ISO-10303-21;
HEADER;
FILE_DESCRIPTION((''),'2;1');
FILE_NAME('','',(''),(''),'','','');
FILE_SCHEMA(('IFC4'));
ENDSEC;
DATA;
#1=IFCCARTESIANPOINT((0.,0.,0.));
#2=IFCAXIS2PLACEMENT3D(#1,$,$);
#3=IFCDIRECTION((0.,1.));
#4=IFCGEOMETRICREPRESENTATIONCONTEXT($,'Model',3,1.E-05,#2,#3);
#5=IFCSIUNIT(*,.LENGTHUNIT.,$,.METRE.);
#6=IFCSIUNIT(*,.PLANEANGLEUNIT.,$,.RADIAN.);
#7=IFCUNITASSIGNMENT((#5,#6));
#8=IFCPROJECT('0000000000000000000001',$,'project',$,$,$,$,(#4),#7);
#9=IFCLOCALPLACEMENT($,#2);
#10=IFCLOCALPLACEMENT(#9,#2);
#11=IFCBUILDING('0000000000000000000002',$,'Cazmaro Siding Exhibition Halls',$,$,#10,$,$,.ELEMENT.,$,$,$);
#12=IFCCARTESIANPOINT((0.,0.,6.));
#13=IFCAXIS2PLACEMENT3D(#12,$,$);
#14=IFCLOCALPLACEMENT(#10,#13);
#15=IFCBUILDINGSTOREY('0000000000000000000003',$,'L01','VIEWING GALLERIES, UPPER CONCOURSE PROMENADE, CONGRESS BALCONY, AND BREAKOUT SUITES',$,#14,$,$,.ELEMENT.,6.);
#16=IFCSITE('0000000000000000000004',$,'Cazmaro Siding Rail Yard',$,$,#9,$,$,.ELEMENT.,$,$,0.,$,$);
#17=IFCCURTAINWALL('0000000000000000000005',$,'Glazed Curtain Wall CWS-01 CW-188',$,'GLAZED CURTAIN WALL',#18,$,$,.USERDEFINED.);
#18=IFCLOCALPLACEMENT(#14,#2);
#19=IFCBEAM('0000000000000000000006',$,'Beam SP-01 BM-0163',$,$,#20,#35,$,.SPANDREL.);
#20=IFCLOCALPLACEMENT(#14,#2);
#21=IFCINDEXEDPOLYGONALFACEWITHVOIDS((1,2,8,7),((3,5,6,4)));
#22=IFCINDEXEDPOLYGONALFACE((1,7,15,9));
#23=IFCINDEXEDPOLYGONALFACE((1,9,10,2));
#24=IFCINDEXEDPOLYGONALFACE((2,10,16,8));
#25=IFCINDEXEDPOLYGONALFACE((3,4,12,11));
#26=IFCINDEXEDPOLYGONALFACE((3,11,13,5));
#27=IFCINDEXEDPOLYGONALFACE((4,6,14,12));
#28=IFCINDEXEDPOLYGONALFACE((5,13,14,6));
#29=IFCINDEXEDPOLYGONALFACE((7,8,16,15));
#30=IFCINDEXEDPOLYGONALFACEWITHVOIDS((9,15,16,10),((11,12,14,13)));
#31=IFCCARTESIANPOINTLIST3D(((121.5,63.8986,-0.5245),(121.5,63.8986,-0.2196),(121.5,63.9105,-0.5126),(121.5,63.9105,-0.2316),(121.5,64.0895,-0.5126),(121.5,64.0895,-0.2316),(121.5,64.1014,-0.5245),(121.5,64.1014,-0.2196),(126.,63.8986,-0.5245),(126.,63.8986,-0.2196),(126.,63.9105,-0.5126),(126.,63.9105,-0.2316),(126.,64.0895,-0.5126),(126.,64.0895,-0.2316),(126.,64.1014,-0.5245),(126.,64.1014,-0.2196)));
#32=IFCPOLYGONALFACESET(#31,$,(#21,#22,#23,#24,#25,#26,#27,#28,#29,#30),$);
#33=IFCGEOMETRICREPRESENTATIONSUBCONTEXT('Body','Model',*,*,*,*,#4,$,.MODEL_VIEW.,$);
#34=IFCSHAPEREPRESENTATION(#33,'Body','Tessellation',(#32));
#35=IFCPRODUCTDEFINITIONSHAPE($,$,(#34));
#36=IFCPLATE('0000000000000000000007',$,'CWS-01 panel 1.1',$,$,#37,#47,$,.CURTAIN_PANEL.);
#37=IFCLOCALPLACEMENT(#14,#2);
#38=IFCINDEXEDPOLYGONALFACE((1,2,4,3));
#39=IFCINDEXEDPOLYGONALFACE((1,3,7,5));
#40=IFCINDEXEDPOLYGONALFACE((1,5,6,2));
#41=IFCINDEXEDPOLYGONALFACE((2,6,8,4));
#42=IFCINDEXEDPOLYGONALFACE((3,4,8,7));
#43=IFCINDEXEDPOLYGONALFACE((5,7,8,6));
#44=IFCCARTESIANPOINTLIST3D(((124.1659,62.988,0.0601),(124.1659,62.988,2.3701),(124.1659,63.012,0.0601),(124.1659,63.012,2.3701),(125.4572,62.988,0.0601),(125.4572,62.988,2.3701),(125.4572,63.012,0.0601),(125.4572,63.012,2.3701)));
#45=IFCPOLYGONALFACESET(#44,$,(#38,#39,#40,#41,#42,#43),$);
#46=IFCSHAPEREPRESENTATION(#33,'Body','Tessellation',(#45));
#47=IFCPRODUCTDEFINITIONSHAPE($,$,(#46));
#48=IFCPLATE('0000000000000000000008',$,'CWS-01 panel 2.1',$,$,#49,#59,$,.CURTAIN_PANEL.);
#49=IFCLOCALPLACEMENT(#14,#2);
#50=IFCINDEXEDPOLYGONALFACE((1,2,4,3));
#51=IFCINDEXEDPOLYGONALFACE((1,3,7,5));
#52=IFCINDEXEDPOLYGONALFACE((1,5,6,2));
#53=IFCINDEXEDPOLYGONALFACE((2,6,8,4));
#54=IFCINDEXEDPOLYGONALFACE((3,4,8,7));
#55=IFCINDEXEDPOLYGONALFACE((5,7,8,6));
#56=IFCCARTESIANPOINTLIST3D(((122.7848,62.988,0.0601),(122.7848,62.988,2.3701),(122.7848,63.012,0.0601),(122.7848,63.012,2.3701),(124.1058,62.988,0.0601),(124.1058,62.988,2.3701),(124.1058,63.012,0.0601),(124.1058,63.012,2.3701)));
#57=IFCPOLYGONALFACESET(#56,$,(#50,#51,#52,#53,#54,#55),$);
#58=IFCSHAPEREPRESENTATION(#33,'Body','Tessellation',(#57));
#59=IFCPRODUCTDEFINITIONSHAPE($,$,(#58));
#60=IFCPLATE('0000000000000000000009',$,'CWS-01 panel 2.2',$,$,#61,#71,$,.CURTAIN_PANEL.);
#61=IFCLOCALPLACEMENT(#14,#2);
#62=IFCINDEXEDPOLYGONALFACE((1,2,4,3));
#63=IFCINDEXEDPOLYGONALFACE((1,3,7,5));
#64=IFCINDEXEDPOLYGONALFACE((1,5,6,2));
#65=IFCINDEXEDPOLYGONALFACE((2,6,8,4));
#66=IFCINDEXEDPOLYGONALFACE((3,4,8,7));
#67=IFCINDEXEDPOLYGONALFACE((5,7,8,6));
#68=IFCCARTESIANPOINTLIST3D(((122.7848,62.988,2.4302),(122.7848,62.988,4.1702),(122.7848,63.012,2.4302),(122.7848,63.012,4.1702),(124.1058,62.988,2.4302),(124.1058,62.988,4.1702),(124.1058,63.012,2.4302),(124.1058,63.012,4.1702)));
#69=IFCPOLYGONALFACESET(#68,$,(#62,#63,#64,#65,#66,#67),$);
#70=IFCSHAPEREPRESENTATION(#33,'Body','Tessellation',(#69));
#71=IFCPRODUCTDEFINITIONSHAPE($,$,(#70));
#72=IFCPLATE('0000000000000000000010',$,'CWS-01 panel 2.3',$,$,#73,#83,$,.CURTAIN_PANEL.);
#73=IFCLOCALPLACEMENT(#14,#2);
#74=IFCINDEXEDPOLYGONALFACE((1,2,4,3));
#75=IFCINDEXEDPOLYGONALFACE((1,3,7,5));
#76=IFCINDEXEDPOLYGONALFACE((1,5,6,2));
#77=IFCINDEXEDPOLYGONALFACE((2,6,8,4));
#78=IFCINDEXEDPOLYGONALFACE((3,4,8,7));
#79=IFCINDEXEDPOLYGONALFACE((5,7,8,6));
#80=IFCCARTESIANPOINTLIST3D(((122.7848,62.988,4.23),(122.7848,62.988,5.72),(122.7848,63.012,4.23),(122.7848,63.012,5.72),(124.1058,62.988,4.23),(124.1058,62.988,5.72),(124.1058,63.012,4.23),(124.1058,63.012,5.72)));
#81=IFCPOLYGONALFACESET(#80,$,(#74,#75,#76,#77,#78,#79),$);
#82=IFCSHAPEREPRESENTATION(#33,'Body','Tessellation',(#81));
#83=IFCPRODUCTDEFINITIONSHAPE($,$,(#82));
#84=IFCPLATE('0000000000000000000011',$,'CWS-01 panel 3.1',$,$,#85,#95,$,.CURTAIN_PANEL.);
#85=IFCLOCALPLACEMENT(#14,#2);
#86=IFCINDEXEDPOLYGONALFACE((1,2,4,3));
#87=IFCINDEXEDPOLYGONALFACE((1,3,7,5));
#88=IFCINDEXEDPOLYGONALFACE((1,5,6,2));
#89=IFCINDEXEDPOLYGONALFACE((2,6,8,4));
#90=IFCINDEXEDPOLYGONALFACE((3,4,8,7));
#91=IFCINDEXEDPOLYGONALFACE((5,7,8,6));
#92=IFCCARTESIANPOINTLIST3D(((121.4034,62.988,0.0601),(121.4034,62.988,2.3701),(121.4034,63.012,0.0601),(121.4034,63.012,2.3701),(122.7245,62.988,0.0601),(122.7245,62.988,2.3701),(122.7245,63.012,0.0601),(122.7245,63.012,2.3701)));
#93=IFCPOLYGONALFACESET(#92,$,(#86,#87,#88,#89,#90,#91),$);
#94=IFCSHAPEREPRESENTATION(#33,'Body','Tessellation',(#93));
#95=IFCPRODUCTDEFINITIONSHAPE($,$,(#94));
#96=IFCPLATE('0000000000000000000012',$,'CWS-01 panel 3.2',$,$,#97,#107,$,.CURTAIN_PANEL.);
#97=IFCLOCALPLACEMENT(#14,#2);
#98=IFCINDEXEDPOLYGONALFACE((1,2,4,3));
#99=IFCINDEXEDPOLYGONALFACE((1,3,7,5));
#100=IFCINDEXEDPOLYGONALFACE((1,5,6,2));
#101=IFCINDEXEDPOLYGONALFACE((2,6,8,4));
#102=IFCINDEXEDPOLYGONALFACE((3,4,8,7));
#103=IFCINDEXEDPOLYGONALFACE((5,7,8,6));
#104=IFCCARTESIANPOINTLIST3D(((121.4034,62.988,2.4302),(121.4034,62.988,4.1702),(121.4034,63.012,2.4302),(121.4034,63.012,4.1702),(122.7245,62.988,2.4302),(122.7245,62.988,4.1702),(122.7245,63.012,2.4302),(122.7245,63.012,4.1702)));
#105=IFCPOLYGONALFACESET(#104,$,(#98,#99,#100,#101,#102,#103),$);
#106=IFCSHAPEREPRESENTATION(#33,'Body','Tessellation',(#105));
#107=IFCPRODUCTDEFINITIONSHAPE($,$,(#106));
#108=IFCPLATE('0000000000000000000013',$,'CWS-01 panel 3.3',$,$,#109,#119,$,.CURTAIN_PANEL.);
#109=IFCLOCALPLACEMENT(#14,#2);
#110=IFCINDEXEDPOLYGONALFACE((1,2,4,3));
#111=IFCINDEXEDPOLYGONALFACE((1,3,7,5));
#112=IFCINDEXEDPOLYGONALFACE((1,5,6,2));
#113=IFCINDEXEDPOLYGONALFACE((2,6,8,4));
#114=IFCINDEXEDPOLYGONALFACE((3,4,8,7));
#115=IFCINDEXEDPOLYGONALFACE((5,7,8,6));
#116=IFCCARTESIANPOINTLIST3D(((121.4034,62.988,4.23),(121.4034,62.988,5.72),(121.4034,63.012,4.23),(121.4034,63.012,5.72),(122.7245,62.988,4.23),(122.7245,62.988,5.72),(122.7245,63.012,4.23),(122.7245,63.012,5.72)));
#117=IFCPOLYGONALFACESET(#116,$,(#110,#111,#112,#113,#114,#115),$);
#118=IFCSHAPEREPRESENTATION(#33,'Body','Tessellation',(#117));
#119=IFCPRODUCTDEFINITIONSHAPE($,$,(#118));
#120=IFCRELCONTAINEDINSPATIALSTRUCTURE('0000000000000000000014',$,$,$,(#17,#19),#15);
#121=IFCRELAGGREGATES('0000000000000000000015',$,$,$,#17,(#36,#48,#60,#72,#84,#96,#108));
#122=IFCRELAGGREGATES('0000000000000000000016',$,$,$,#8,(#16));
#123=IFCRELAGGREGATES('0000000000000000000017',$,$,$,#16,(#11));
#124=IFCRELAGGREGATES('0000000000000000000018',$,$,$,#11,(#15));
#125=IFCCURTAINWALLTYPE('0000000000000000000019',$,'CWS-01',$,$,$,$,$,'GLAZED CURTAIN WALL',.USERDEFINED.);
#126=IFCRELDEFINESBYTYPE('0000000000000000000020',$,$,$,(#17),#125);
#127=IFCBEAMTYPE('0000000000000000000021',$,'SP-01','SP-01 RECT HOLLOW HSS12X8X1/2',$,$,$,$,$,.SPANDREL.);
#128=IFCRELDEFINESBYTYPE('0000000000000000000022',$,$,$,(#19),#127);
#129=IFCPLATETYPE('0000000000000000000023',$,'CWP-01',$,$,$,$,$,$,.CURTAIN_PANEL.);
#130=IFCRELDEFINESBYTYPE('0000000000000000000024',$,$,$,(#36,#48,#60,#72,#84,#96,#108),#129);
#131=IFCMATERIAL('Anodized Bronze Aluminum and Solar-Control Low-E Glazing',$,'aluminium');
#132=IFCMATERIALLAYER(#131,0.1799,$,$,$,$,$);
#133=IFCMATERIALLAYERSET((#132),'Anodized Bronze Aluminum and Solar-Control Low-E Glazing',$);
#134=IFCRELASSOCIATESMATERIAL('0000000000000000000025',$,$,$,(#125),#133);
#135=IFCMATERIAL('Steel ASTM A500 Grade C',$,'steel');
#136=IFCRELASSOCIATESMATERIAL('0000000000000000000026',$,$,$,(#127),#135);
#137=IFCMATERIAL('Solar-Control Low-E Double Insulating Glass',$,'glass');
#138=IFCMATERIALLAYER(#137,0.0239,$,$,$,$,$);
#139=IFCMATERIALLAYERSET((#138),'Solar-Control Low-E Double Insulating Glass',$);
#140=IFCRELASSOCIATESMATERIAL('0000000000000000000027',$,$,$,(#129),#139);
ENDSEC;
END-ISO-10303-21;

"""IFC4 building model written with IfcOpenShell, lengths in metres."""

from ifc_helpers import new_model, si_unit, direction, frame, origin, origin_2d, place, context, subcontext, project, spatial, rectangle, hollow_rectangle, extrude, material, layer, layer_set, material_profile, profile_set, type_object, element, aggregate, save


model = new_model("IFC4")

# Units and contexts
model_context = context("Model", 3, precision=1e-05, world=origin(), true_north=direction((0.0, 1.0)))
body_context = subcontext(model_context, "Body", "Model", "MODEL_VIEW")
ifc_project = project(units=[si_unit("LENGTHUNIT", "METRE"), si_unit("PLANEANGLEUNIT", "RADIAN")], contexts=[model_context])

# Site, building, storey
site_placement = place(None, origin())
site = spatial("IfcSite", under=ifc_project, at=site_placement, Name="Cazmaro Siding Rail Yard", CompositionType="ELEMENT", RefElevation=0.0)
building_placement = place(site_placement, origin())
building = spatial("IfcBuilding", under=site, at=building_placement, Name="Cazmaro Siding Exhibition Halls", CompositionType="ELEMENT")
storey_placement = place(building_placement, frame((0.0, 0.0, 6.0)))
storey = spatial("IfcBuildingStorey", under=building, at=storey_placement, Name="L01", Description="VIEWING GALLERIES, UPPER CONCOURSE PROMENADE, CONGRESS BALCONY, AND BREAKOUT SUITES", CompositionType="ELEMENT", Elevation=6.0)

# Curtain wall
ifc_material_1 = material(Name="Anodized Bronze Aluminum and Solar-Control Low-E Glazing", Category="aluminium")
ifc_layer_1 = layer(ifc_material_1, 0.1799)
ifc_layer_set_1 = layer_set([ifc_layer_1], Name="Anodized Bronze Aluminum and Solar-Control Low-E Glazing")
curtain_wall_type = type_object("IfcCurtainWallType", Name="CWS-01", ElementType="GLAZED CURTAIN WALL", PredefinedType="USERDEFINED", material=ifc_layer_set_1)
curtain_wall_placement = place(storey_placement, origin())
curtain_wall = element("IfcCurtainWall", 1, at=curtain_wall_placement, inside=storey, type_object=curtain_wall_type, Name="Glazed Curtain Wall CWS-01 CW-188", ObjectType="GLAZED CURTAIN WALL", PredefinedType="USERDEFINED")

# Beam
ifc_material_2 = material(Name="Steel ASTM A500 Grade C", Category="steel")
ifc_material_profile_1 = material_profile(ifc_material_2, hollow_rectangle(XDim=0.2029, YDim=0.3049, WallThickness=0.012, at=origin_2d()), Name="HSS12X8X1/2")
ifc_profile_set_1 = profile_set([ifc_material_profile_1], Name="Steel ASTM A500 Grade C")
beam_type = type_object("IfcBeamType", Name="SP-01", Description="SP-01 RECT HOLLOW HSS12X8X1/2", PredefinedType="SPANDREL", material=ifc_profile_set_1)
beam_placement = place(storey_placement, frame((121.5, 64.0, -0.3721), z_axis=(1.0, 0.0, 0.0), x_axis=(0.0, 1.0, 0.0)))
element("IfcBeam", 2, at=beam_placement, inside=storey, type_object=beam_type, Name="Beam SP-01 BM-0163", PredefinedType="SPANDREL", context=body_context, shape_type="SweptSolid", body=[
    extrude(hollow_rectangle(XDim=0.2029, YDim=0.3049, WallThickness=0.012, at=origin_2d()), origin(), (0.0, 0.0, 1.0), 4.5),
])

# Plates
ifc_material_3 = material(Name="Solar-Control Low-E Double Insulating Glass", Category="glass")
ifc_layer_2 = layer(ifc_material_3, 0.0239)
ifc_layer_set_2 = layer_set([ifc_layer_2], Name="Solar-Control Low-E Double Insulating Glass")
plate_type = type_object("IfcPlateType", Name="CWP-01", PredefinedType="CURTAIN_PANEL", material=ifc_layer_set_2)
plate_1_placement = place(storey_placement, frame((124.8115, 63.0, 0.0601), z_axis=(0.0, 0.0, 1.0), x_axis=(-1.0, 0.0, 0.0)))
plate_1 = element("IfcPlate", 3, at=plate_1_placement, type_object=plate_type, Name="CWS-01 panel 1.1", PredefinedType="CURTAIN_PANEL", context=body_context, shape_type="SweptSolid", body=[
    extrude(rectangle(XDim=1.2913, YDim=0.0239, at=origin_2d()), origin(), (0.0, 0.0, 1.0), 2.3101),
])
plate_2_placement = place(storey_placement, frame((123.4453, 63.0, 0.0601), z_axis=(0.0, 0.0, 1.0), x_axis=(-1.0, 0.0, 0.0)))
plate_2 = element("IfcPlate", 4, at=plate_2_placement, type_object=plate_type, Name="CWS-01 panel 2.1", PredefinedType="CURTAIN_PANEL", context=body_context, shape_type="SweptSolid", body=[
    extrude(rectangle(XDim=1.321, YDim=0.0239, at=origin_2d()), origin(), (0.0, 0.0, 1.0), 2.3101),
])
plate_3_placement = place(storey_placement, frame((123.4453, 63.0, 2.4302), z_axis=(0.0, 0.0, 1.0), x_axis=(-1.0, 0.0, 0.0)))
plate_3 = element("IfcPlate", 5, at=plate_3_placement, type_object=plate_type, Name="CWS-01 panel 2.2", PredefinedType="CURTAIN_PANEL", context=body_context, shape_type="SweptSolid", body=[
    extrude(rectangle(XDim=1.321, YDim=0.0239, at=origin_2d()), origin(), (0.0, 0.0, 1.0), 1.74),
])
plate_4_placement = place(storey_placement, frame((123.4453, 63.0, 4.23), z_axis=(0.0, 0.0, 1.0), x_axis=(-1.0, 0.0, 0.0)))
plate_4 = element("IfcPlate", 6, at=plate_4_placement, type_object=plate_type, Name="CWS-01 panel 2.3", PredefinedType="CURTAIN_PANEL", context=body_context, shape_type="SweptSolid", body=[
    extrude(rectangle(XDim=1.321, YDim=0.0239, at=origin_2d()), origin(), (0.0, 0.0, 1.0), 1.49),
])
plate_5_placement = place(storey_placement, frame((122.064, 63.0, 0.0601), z_axis=(0.0, 0.0, 1.0), x_axis=(-1.0, 0.0, 0.0)))
plate_5 = element("IfcPlate", 7, at=plate_5_placement, type_object=plate_type, Name="CWS-01 panel 3.1", PredefinedType="CURTAIN_PANEL", context=body_context, shape_type="SweptSolid", body=[
    extrude(rectangle(XDim=1.321, YDim=0.0239, at=origin_2d()), origin(), (0.0, 0.0, 1.0), 2.3101),
])
plate_6_placement = place(storey_placement, frame((122.064, 63.0, 2.4302), z_axis=(0.0, 0.0, 1.0), x_axis=(-1.0, 0.0, 0.0)))
plate_6 = element("IfcPlate", 8, at=plate_6_placement, type_object=plate_type, Name="CWS-01 panel 3.2", PredefinedType="CURTAIN_PANEL", context=body_context, shape_type="SweptSolid", body=[
    extrude(rectangle(XDim=1.321, YDim=0.0239, at=origin_2d()), origin(), (0.0, 0.0, 1.0), 1.74),
])
plate_7_placement = place(storey_placement, frame((122.064, 63.0, 4.23), z_axis=(0.0, 0.0, 1.0), x_axis=(-1.0, 0.0, 0.0)))
plate_7 = element("IfcPlate", 9, at=plate_7_placement, type_object=plate_type, Name="CWS-01 panel 3.3", PredefinedType="CURTAIN_PANEL", context=body_context, shape_type="SweptSolid", body=[
    extrude(rectangle(XDim=1.321, YDim=0.0239, at=origin_2d()), origin(), (0.0, 0.0, 1.0), 1.49),
])
aggregate(curtain_wall, [plate_1, plate_2, plate_3, plate_4, plate_5, plate_6, plate_7])

save(model, "model.ifc")
